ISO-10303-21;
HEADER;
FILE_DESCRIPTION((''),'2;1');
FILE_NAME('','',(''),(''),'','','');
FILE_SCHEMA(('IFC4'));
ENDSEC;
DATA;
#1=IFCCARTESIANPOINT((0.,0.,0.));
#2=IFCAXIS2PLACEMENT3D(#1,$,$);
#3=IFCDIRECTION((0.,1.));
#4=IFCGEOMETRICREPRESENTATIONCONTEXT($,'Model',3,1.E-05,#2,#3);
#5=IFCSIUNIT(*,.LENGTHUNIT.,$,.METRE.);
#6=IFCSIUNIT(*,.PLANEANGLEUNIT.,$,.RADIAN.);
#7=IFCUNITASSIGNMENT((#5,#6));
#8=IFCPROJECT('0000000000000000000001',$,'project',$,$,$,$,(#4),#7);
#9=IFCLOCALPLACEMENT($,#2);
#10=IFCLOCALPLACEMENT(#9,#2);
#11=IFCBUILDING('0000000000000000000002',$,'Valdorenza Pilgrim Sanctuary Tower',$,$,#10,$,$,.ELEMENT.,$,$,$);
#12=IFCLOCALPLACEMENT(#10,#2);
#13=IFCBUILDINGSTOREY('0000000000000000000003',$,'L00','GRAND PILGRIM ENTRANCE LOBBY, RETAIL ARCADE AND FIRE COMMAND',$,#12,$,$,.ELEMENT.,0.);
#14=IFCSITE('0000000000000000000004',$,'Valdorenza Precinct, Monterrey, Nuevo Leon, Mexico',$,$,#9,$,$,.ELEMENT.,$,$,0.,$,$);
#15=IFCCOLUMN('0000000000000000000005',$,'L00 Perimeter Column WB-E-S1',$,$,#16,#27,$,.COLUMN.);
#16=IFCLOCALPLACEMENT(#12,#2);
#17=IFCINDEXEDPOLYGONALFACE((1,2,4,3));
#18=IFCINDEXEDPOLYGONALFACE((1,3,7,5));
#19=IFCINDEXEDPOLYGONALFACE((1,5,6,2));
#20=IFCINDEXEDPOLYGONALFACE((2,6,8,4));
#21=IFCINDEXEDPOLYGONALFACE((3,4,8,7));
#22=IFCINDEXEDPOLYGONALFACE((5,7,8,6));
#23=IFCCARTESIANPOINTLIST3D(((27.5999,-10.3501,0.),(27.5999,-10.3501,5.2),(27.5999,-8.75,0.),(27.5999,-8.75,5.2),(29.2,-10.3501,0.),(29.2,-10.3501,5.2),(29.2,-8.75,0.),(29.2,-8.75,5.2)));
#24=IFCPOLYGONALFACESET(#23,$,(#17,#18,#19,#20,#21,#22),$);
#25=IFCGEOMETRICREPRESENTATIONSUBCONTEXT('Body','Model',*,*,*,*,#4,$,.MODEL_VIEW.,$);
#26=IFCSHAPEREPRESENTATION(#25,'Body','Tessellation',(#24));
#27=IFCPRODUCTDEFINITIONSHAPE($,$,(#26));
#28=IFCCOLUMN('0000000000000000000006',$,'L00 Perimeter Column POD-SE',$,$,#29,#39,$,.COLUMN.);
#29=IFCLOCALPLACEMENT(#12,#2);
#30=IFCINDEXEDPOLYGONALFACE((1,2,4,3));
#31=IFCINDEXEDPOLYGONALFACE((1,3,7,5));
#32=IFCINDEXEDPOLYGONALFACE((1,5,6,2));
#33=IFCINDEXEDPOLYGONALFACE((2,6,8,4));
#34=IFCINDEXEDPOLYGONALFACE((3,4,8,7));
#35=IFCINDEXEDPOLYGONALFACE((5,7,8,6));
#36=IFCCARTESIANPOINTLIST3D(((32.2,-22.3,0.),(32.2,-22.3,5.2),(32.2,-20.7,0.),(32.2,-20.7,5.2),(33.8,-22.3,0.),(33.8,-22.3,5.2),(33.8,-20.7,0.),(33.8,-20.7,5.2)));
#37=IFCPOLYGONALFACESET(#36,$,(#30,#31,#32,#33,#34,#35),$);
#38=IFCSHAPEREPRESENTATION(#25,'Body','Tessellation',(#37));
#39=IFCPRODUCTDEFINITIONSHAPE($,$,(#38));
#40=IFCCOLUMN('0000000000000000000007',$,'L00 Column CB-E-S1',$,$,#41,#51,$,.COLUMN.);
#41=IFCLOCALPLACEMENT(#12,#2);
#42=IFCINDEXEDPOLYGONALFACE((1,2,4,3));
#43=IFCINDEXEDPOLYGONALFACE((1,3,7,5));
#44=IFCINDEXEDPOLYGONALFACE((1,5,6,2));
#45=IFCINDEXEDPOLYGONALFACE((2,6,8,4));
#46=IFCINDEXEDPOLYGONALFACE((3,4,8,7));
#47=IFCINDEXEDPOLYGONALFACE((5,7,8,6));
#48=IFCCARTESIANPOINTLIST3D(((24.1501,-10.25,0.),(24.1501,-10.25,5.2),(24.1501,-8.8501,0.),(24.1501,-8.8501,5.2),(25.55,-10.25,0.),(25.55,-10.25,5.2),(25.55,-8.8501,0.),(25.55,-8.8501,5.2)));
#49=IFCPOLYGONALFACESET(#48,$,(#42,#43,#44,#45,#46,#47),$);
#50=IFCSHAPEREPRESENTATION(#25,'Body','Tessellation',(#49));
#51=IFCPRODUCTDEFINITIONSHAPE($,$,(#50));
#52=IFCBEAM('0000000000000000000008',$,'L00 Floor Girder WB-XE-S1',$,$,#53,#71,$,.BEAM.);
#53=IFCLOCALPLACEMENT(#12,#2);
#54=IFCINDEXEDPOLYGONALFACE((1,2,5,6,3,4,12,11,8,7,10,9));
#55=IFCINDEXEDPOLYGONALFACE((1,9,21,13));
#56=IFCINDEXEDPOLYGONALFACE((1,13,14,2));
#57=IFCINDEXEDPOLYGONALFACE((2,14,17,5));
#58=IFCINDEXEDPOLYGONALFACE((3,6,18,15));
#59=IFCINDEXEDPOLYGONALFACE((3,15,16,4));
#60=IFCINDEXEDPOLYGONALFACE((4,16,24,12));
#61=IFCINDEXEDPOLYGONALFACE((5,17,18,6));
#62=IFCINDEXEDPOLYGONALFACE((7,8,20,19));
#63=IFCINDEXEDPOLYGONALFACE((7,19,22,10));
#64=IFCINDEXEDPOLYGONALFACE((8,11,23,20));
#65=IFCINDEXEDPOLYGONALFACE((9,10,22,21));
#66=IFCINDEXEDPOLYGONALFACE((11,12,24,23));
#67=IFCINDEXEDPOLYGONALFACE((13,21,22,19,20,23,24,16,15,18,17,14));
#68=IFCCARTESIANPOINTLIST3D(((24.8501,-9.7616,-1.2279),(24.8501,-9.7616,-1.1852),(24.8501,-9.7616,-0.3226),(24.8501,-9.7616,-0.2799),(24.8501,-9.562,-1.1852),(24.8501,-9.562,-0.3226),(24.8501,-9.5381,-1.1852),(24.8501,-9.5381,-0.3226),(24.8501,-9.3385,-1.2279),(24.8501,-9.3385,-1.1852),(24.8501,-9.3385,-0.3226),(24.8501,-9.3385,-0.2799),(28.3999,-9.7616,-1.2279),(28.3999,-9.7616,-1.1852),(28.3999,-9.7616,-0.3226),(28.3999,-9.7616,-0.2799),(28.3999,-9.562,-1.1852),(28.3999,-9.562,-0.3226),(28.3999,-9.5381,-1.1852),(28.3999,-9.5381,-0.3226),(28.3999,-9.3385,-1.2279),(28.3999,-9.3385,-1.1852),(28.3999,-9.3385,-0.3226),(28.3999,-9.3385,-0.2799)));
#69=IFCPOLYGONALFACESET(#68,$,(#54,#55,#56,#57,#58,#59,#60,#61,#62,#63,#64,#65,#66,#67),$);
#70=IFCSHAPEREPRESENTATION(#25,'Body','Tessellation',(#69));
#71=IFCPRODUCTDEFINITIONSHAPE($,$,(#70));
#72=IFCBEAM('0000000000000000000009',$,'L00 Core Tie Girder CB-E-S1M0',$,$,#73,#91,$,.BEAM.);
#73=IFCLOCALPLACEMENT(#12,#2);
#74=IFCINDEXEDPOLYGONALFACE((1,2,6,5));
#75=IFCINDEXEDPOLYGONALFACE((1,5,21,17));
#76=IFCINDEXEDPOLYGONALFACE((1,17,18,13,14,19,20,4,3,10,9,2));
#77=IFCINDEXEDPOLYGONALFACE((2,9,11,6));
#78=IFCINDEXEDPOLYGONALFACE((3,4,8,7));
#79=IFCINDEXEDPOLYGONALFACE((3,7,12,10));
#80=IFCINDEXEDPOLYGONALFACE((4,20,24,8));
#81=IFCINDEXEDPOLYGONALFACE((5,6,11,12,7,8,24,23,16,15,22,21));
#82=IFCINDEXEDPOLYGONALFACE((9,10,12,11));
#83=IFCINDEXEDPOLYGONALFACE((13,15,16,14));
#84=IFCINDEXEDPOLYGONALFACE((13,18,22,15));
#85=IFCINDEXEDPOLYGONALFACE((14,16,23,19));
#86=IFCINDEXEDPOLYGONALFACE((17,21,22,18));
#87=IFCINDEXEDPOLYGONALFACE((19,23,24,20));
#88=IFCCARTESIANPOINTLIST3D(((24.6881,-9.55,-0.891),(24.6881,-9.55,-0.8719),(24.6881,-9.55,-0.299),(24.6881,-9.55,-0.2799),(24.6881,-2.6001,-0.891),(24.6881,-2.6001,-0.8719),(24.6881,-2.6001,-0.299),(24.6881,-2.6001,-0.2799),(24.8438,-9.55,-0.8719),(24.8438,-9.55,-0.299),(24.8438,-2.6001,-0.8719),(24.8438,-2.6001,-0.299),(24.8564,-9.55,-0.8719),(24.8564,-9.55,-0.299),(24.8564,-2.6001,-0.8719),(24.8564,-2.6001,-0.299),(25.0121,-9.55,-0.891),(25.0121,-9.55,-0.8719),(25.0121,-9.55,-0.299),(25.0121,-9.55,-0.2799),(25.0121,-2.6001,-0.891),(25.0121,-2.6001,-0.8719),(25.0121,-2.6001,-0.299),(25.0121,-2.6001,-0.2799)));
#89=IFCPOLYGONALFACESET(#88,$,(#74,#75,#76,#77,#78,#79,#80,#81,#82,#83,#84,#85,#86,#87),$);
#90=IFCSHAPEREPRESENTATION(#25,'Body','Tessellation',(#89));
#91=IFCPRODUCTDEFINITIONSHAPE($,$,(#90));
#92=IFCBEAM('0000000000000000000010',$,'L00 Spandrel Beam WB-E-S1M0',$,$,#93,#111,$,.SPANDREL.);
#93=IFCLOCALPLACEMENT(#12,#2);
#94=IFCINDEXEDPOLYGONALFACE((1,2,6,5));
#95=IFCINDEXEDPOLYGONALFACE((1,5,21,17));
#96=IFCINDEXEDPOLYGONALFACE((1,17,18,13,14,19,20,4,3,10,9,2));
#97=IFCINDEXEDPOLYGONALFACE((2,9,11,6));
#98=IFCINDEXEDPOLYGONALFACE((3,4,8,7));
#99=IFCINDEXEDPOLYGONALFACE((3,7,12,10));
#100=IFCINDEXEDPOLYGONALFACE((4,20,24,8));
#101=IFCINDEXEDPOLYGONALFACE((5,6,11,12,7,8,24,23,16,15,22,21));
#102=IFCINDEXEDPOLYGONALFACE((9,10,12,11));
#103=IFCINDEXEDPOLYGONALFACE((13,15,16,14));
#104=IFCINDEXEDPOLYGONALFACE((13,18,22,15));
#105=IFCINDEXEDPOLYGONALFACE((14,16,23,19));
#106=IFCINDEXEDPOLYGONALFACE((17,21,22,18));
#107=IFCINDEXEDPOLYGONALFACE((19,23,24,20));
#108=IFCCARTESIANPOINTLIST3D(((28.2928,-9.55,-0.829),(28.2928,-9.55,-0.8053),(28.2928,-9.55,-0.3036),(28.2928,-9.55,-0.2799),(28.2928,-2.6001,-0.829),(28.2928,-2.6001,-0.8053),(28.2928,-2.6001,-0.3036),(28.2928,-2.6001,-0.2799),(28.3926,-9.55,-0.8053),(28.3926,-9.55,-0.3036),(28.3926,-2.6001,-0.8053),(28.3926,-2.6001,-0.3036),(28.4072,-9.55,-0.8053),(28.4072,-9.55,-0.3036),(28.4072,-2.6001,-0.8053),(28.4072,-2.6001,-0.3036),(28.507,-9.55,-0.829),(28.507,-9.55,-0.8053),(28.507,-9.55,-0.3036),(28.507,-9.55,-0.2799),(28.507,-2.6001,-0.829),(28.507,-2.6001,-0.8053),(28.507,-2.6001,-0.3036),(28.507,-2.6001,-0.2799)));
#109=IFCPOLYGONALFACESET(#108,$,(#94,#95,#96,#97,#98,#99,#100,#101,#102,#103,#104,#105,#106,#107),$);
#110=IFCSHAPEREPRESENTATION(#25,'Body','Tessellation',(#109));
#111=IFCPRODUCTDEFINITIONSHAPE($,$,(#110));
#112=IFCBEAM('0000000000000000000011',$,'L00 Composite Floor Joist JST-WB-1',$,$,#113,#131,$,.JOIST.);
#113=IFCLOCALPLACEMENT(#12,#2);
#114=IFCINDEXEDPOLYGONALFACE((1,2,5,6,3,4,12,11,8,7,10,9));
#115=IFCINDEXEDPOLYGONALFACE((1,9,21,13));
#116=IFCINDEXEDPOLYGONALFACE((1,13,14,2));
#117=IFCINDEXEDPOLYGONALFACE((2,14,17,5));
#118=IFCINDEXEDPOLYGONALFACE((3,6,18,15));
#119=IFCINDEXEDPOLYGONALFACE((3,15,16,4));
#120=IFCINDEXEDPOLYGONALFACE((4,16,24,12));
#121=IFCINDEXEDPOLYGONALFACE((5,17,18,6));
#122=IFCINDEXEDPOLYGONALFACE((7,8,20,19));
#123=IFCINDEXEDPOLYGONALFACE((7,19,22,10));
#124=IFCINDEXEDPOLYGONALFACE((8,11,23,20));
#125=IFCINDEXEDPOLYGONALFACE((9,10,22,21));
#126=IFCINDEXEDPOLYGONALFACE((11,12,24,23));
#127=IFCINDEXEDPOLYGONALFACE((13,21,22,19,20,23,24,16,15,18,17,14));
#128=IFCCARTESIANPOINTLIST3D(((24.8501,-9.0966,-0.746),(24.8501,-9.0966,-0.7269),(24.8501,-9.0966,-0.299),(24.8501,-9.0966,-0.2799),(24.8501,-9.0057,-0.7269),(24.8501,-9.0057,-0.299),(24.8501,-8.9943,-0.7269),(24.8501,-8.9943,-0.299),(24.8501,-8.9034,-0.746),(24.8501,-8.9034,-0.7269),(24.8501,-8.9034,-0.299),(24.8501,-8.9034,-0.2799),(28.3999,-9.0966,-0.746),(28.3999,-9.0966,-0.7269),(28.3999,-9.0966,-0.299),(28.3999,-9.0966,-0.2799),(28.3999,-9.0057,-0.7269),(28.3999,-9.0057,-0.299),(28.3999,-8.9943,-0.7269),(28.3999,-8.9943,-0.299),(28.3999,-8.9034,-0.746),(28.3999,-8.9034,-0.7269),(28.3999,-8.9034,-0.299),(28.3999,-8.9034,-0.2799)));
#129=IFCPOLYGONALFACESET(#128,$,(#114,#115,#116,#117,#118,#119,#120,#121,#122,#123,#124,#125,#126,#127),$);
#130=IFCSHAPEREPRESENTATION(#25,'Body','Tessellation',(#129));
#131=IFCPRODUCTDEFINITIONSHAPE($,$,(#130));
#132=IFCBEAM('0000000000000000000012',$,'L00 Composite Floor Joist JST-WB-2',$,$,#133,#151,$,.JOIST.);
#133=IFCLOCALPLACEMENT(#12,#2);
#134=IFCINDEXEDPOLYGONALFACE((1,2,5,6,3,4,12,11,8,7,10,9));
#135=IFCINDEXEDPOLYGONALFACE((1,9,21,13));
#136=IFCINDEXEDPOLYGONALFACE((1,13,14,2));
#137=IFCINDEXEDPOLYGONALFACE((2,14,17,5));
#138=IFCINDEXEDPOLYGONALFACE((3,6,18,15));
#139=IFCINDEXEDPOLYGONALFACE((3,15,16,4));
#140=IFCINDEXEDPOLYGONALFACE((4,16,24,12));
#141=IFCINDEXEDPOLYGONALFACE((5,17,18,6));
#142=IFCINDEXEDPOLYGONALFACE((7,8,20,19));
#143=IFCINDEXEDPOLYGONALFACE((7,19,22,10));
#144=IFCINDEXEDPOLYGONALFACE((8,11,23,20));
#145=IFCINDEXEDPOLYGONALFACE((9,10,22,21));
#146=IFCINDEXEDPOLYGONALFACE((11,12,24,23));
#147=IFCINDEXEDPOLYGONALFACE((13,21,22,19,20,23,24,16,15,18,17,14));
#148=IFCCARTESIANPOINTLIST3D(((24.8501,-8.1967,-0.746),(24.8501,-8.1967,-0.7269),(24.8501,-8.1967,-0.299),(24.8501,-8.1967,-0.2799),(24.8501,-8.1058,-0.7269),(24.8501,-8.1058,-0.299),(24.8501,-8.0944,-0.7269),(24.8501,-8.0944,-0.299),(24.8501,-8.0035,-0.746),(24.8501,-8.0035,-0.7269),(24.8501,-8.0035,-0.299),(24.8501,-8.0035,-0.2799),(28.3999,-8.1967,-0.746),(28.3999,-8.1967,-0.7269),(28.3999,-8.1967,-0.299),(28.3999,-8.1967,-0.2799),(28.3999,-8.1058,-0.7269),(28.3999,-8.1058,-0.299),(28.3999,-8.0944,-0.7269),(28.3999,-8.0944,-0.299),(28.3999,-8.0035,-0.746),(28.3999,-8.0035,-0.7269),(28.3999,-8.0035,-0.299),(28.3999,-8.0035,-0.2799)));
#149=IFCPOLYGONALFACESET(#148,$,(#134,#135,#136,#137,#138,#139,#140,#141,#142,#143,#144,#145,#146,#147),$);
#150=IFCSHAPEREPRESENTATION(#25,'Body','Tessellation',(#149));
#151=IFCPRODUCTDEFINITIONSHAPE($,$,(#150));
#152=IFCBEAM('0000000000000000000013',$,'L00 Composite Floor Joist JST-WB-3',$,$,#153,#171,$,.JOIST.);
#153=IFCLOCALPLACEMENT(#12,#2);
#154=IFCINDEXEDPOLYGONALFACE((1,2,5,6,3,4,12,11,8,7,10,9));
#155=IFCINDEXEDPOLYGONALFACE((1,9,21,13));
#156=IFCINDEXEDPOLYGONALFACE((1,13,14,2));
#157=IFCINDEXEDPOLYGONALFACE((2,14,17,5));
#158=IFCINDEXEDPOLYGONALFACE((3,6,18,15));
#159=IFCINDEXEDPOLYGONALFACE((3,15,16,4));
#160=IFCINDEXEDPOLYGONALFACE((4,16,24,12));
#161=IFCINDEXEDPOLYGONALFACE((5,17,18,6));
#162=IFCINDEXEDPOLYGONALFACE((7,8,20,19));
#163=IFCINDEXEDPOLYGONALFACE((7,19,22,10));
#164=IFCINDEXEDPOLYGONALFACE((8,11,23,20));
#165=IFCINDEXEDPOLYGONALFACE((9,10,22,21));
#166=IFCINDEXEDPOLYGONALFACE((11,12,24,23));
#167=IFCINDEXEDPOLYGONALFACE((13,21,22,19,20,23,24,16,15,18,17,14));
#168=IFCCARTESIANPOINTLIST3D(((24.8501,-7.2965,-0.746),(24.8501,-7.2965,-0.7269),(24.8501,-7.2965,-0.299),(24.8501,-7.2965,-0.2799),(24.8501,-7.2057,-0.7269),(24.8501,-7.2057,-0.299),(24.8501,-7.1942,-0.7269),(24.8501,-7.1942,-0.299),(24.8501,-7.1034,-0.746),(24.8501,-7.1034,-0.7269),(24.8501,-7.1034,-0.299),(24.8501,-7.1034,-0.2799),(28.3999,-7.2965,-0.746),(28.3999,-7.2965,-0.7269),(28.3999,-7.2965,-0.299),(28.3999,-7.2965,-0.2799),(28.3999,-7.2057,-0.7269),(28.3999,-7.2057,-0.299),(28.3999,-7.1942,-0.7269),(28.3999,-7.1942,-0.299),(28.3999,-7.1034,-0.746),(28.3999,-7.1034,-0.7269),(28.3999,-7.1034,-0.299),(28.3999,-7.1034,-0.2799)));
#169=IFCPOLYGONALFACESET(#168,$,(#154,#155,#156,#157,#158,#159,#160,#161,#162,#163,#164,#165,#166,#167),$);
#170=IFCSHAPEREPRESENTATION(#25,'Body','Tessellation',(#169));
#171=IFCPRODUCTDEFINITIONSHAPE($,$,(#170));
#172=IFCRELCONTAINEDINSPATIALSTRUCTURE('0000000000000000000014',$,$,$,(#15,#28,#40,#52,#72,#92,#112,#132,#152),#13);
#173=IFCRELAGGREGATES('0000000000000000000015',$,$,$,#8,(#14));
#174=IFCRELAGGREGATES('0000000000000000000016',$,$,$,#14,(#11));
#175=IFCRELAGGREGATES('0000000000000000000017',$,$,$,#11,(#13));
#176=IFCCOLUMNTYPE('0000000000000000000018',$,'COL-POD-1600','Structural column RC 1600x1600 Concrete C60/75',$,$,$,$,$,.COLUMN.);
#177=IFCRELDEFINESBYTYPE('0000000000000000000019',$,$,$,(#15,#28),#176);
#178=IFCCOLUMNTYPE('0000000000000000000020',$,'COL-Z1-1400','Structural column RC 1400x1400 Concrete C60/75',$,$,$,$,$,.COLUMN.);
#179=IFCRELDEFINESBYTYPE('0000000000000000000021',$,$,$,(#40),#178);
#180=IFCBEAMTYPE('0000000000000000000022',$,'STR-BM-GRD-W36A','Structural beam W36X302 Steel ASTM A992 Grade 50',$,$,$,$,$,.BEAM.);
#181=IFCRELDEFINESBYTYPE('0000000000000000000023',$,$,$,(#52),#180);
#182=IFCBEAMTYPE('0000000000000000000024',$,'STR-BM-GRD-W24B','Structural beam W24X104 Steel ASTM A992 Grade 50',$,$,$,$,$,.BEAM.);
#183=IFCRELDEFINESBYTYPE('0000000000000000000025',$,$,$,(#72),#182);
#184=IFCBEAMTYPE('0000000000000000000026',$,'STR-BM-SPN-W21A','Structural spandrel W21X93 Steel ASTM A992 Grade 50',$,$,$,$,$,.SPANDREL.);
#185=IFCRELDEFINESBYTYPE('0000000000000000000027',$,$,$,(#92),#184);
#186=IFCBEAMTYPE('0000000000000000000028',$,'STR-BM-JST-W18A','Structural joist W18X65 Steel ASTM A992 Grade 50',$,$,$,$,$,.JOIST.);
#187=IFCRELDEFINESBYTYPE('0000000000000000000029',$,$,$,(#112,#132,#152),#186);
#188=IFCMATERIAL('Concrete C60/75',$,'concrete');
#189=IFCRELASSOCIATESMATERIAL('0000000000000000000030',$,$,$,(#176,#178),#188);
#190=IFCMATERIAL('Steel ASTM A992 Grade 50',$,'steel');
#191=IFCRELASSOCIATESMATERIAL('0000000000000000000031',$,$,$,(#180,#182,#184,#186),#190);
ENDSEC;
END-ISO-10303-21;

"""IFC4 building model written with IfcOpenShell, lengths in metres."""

from ifc_helpers import new_model, si_unit, direction, frame, origin, origin_2d, place, context, subcontext, project, spatial, rectangle, i_section, extrude, source, transform, mapped, material, material_profile, profile_set, type_object, element, save


model = new_model("IFC4")

# Units and contexts
model_context = context("Model", 3, precision=1e-05, world=origin(), true_north=direction((0.0, 1.0)))
body_context = subcontext(model_context, "Body", "Model", "MODEL_VIEW")
ifc_project = project(units=[si_unit("LENGTHUNIT", "METRE"), si_unit("PLANEANGLEUNIT", "RADIAN")], contexts=[model_context])

# Site, building, storey
site_placement = place(None, origin())
site = spatial("IfcSite", under=ifc_project, at=site_placement, Name="Valdorenza Precinct, Monterrey, Nuevo Leon, Mexico", CompositionType="ELEMENT", RefElevation=0.0)
building_placement = place(site_placement, origin())
building = spatial("IfcBuilding", under=site, at=building_placement, Name="Valdorenza Pilgrim Sanctuary Tower", CompositionType="ELEMENT")
storey_placement = place(building_placement, origin())
storey = spatial("IfcBuildingStorey", under=building, at=storey_placement, Name="L00", Description="GRAND PILGRIM ENTRANCE LOBBY, RETAIL ARCADE AND FIRE COMMAND", CompositionType="ELEMENT", Elevation=0.0)

# Columns
ifc_material_1 = material(Name="Concrete C60/75", Category="concrete")
ifc_material_profile_1 = material_profile(ifc_material_1, rectangle(XDim=1.6001, YDim=1.6001, at=origin_2d()), Name="RC 1600x1600")
ifc_profile_set_1 = profile_set([ifc_material_profile_1], Name="Concrete C60/75")
column_type_1 = type_object("IfcColumnType", Name="COL-POD-1600", Description="Structural column RC 1600x1600 Concrete C60/75", PredefinedType="COLUMN", material=ifc_profile_set_1)
shared_shape_1 = source(origin(), body_context, "Body", "SweptSolid", [
    extrude(rectangle(XDim=1.6001, YDim=1.6001, at=origin_2d()), origin(), (0.0, 0.0, 1.0), 5.2),
])
for number, where, z_axis, x_axis, name in (
    (1, (28.3999, -9.55, 0.0), (0.0, 0.0, 1.0), (1.0, 0.0, 0.0), "L00 Perimeter Column WB-E-S1"),
    (2, (33.0, -21.5, 0.0), (0.0, 0.0, 1.0), (1.0, 0.0, 0.0), "L00 Perimeter Column POD-SE"),
):
    element("IfcColumn", number, at=place(storey_placement, frame(where, z_axis=z_axis, x_axis=x_axis)), inside=storey, type_object=column_type_1, Name=name, PredefinedType="COLUMN", context=body_context, shape_type="MappedRepresentation", body=[
        mapped(shared_shape_1, transform((0.0, 0.0, 0.0), x_axis=(1.0, 0.0, 0.0), y_axis=(0.0, 1.0, 0.0), z_axis=(0.0, 0.0, 1.0), scale=1.0)),
    ])
ifc_material_profile_2 = material_profile(ifc_material_1, rectangle(XDim=1.3999, YDim=1.3999, at=origin_2d()), Name="RC 1400x1400")
ifc_profile_set_2 = profile_set([ifc_material_profile_2], Name="Concrete C60/75")
column_type_2 = type_object("IfcColumnType", Name="COL-Z1-1400", Description="Structural column RC 1400x1400 Concrete C60/75", PredefinedType="COLUMN", material=ifc_profile_set_2)
shared_shape_2 = source(origin(), body_context, "Body", "SweptSolid", [
    extrude(rectangle(XDim=1.3999, YDim=1.3999, at=origin_2d()), origin(), (0.0, 0.0, 1.0), 5.2),
])
column_placement = place(storey_placement, frame((24.8501, -9.55, 0.0), z_axis=(0.0, 0.0, 1.0), x_axis=(1.0, 0.0, 0.0)))
element("IfcColumn", 3, at=column_placement, inside=storey, type_object=column_type_2, Name="L00 Column CB-E-S1", PredefinedType="COLUMN", context=body_context, shape_type="MappedRepresentation", body=[
    mapped(shared_shape_2, transform((0.0, 0.0, 0.0), x_axis=(1.0, 0.0, 0.0), y_axis=(0.0, 1.0, 0.0), z_axis=(0.0, 0.0, 1.0), scale=1.0)),
])

# Beams
ifc_material_2 = material(Name="Steel ASTM A992 Grade 50", Category="steel")
ifc_material_profile_3 = material_profile(ifc_material_2, i_section(OverallWidth=0.4231, OverallDepth=0.948, WebThickness=0.0239, FlangeThickness=0.0427, at=origin_2d()), Name="W36X302")
ifc_profile_set_3 = profile_set([ifc_material_profile_3], Name="Steel ASTM A992 Grade 50")
beam_type_1 = type_object("IfcBeamType", Name="STR-BM-GRD-W36A", Description="Structural beam W36X302 Steel ASTM A992 Grade 50", PredefinedType="BEAM", material=ifc_profile_set_3)
shared_shape_3 = source(origin(), body_context, "Body", "SweptSolid", [
    extrude(i_section(OverallWidth=0.4231, OverallDepth=0.948, WebThickness=0.0239, FlangeThickness=0.0427, at=origin_2d()), origin(), (0.0, 0.0, 1.0), 3.5498),
])
beam_1_placement = place(storey_placement, frame((24.8501, -9.55, -0.7539), z_axis=(1.0, 0.0, 0.0), x_axis=(0.0, 1.0, 0.0)))
element("IfcBeam", 4, at=beam_1_placement, inside=storey, type_object=beam_type_1, Name="L00 Floor Girder WB-XE-S1", PredefinedType="BEAM", context=body_context, shape_type="MappedRepresentation", body=[
    mapped(shared_shape_3, transform((0.0, 0.0, 0.0), x_axis=(1.0, 0.0, 0.0), y_axis=(0.0, 1.0, 0.0), z_axis=(0.0, 0.0, 1.0), scale=1.0)),
])
ifc_material_profile_4 = material_profile(ifc_material_2, i_section(OverallWidth=0.324, OverallDepth=0.6111, WebThickness=0.0127, FlangeThickness=0.019, at=origin_2d()), Name="W24X104")
ifc_profile_set_4 = profile_set([ifc_material_profile_4], Name="Steel ASTM A992 Grade 50")
beam_type_2 = type_object("IfcBeamType", Name="STR-BM-GRD-W24B", Description="Structural beam W24X104 Steel ASTM A992 Grade 50", PredefinedType="BEAM", material=ifc_profile_set_4)
shared_shape_4 = source(origin(), body_context, "Body", "SweptSolid", [
    extrude(i_section(OverallWidth=0.324, OverallDepth=0.6111, WebThickness=0.0127, FlangeThickness=0.019, at=origin_2d()), origin(), (0.0, 0.0, 1.0), 6.95),
])
beam_2_placement = place(storey_placement, frame((24.8501, -9.55, -0.5854), z_axis=(0.0, 1.0, 0.0), x_axis=(-1.0, 0.0, 0.0)))
element("IfcBeam", 5, at=beam_2_placement, inside=storey, type_object=beam_type_2, Name="L00 Core Tie Girder CB-E-S1M0", PredefinedType="BEAM", context=body_context, shape_type="MappedRepresentation", body=[
    mapped(shared_shape_4, transform((0.0, 0.0, 0.0), x_axis=(1.0, 0.0, 0.0), y_axis=(0.0, 1.0, 0.0), z_axis=(0.0, 0.0, 1.0), scale=1.0)),
])
ifc_material_profile_5 = material_profile(ifc_material_2, i_section(OverallWidth=0.2141, OverallDepth=0.5491, WebThickness=0.0146, FlangeThickness=0.0237, at=origin_2d()), Name="W21X93")
ifc_profile_set_5 = profile_set([ifc_material_profile_5], Name="Steel ASTM A992 Grade 50")
beam_type_3 = type_object("IfcBeamType", Name="STR-BM-SPN-W21A", Description="Structural spandrel W21X93 Steel ASTM A992 Grade 50", PredefinedType="SPANDREL", material=ifc_profile_set_5)
shared_shape_5 = source(origin(), body_context, "Body", "SweptSolid", [
    extrude(i_section(OverallWidth=0.2141, OverallDepth=0.5491, WebThickness=0.0146, FlangeThickness=0.0237, at=origin_2d()), origin(), (0.0, 0.0, 1.0), 6.95),
])
beam_3_placement = place(storey_placement, frame((28.3999, -9.55, -0.5544), z_axis=(0.0, 1.0, 0.0), x_axis=(-1.0, 0.0, 0.0)))
element("IfcBeam", 6, at=beam_3_placement, inside=storey, type_object=beam_type_3, Name="L00 Spandrel Beam WB-E-S1M0", PredefinedType="SPANDREL", context=body_context, shape_type="MappedRepresentation", body=[
    mapped(shared_shape_5, transform((0.0, 0.0, 0.0), x_axis=(1.0, 0.0, 0.0), y_axis=(0.0, 1.0, 0.0), z_axis=(0.0, 0.0, 1.0), scale=1.0)),
])
ifc_material_profile_6 = material_profile(ifc_material_2, i_section(OverallWidth=0.1931, OverallDepth=0.4661, WebThickness=0.0115, FlangeThickness=0.019, at=origin_2d()), Name="W18X65")
ifc_profile_set_6 = profile_set([ifc_material_profile_6], Name="Steel ASTM A992 Grade 50")
beam_type_4 = type_object("IfcBeamType", Name="STR-BM-JST-W18A", Description="Structural joist W18X65 Steel ASTM A992 Grade 50", PredefinedType="JOIST", material=ifc_profile_set_6)
shared_shape_6 = source(origin(), body_context, "Body", "SweptSolid", [
    extrude(i_section(OverallWidth=0.1931, OverallDepth=0.4661, WebThickness=0.0115, FlangeThickness=0.019, at=origin_2d()), origin(), (0.0, 0.0, 1.0), 3.5498),
])
for number, where, z_axis, x_axis, name in (
    (7, (24.8501, -9.0, -0.5129), (1.0, 0.0, 0.0), (0.0, 1.0, 0.0), "L00 Composite Floor Joist JST-WB-1"),
    (8, (24.8501, -8.1001, -0.5129), (1.0, 0.0, 0.0), (0.0, 1.0, 0.0), "L00 Composite Floor Joist JST-WB-2"),
    (9, (24.8501, -7.2, -0.5129), (1.0, 0.0, 0.0), (0.0, 1.0, 0.0), "L00 Composite Floor Joist JST-WB-3"),
):
    element("IfcBeam", number, at=place(storey_placement, frame(where, z_axis=z_axis, x_axis=x_axis)), inside=storey, type_object=beam_type_4, Name=name, PredefinedType="JOIST", context=body_context, shape_type="MappedRepresentation", body=[
        mapped(shared_shape_6, transform((0.0, 0.0, 0.0), x_axis=(1.0, 0.0, 0.0), y_axis=(0.0, 1.0, 0.0), z_axis=(0.0, 0.0, 1.0), scale=1.0)),
    ])

save(model, "model.ifc")
